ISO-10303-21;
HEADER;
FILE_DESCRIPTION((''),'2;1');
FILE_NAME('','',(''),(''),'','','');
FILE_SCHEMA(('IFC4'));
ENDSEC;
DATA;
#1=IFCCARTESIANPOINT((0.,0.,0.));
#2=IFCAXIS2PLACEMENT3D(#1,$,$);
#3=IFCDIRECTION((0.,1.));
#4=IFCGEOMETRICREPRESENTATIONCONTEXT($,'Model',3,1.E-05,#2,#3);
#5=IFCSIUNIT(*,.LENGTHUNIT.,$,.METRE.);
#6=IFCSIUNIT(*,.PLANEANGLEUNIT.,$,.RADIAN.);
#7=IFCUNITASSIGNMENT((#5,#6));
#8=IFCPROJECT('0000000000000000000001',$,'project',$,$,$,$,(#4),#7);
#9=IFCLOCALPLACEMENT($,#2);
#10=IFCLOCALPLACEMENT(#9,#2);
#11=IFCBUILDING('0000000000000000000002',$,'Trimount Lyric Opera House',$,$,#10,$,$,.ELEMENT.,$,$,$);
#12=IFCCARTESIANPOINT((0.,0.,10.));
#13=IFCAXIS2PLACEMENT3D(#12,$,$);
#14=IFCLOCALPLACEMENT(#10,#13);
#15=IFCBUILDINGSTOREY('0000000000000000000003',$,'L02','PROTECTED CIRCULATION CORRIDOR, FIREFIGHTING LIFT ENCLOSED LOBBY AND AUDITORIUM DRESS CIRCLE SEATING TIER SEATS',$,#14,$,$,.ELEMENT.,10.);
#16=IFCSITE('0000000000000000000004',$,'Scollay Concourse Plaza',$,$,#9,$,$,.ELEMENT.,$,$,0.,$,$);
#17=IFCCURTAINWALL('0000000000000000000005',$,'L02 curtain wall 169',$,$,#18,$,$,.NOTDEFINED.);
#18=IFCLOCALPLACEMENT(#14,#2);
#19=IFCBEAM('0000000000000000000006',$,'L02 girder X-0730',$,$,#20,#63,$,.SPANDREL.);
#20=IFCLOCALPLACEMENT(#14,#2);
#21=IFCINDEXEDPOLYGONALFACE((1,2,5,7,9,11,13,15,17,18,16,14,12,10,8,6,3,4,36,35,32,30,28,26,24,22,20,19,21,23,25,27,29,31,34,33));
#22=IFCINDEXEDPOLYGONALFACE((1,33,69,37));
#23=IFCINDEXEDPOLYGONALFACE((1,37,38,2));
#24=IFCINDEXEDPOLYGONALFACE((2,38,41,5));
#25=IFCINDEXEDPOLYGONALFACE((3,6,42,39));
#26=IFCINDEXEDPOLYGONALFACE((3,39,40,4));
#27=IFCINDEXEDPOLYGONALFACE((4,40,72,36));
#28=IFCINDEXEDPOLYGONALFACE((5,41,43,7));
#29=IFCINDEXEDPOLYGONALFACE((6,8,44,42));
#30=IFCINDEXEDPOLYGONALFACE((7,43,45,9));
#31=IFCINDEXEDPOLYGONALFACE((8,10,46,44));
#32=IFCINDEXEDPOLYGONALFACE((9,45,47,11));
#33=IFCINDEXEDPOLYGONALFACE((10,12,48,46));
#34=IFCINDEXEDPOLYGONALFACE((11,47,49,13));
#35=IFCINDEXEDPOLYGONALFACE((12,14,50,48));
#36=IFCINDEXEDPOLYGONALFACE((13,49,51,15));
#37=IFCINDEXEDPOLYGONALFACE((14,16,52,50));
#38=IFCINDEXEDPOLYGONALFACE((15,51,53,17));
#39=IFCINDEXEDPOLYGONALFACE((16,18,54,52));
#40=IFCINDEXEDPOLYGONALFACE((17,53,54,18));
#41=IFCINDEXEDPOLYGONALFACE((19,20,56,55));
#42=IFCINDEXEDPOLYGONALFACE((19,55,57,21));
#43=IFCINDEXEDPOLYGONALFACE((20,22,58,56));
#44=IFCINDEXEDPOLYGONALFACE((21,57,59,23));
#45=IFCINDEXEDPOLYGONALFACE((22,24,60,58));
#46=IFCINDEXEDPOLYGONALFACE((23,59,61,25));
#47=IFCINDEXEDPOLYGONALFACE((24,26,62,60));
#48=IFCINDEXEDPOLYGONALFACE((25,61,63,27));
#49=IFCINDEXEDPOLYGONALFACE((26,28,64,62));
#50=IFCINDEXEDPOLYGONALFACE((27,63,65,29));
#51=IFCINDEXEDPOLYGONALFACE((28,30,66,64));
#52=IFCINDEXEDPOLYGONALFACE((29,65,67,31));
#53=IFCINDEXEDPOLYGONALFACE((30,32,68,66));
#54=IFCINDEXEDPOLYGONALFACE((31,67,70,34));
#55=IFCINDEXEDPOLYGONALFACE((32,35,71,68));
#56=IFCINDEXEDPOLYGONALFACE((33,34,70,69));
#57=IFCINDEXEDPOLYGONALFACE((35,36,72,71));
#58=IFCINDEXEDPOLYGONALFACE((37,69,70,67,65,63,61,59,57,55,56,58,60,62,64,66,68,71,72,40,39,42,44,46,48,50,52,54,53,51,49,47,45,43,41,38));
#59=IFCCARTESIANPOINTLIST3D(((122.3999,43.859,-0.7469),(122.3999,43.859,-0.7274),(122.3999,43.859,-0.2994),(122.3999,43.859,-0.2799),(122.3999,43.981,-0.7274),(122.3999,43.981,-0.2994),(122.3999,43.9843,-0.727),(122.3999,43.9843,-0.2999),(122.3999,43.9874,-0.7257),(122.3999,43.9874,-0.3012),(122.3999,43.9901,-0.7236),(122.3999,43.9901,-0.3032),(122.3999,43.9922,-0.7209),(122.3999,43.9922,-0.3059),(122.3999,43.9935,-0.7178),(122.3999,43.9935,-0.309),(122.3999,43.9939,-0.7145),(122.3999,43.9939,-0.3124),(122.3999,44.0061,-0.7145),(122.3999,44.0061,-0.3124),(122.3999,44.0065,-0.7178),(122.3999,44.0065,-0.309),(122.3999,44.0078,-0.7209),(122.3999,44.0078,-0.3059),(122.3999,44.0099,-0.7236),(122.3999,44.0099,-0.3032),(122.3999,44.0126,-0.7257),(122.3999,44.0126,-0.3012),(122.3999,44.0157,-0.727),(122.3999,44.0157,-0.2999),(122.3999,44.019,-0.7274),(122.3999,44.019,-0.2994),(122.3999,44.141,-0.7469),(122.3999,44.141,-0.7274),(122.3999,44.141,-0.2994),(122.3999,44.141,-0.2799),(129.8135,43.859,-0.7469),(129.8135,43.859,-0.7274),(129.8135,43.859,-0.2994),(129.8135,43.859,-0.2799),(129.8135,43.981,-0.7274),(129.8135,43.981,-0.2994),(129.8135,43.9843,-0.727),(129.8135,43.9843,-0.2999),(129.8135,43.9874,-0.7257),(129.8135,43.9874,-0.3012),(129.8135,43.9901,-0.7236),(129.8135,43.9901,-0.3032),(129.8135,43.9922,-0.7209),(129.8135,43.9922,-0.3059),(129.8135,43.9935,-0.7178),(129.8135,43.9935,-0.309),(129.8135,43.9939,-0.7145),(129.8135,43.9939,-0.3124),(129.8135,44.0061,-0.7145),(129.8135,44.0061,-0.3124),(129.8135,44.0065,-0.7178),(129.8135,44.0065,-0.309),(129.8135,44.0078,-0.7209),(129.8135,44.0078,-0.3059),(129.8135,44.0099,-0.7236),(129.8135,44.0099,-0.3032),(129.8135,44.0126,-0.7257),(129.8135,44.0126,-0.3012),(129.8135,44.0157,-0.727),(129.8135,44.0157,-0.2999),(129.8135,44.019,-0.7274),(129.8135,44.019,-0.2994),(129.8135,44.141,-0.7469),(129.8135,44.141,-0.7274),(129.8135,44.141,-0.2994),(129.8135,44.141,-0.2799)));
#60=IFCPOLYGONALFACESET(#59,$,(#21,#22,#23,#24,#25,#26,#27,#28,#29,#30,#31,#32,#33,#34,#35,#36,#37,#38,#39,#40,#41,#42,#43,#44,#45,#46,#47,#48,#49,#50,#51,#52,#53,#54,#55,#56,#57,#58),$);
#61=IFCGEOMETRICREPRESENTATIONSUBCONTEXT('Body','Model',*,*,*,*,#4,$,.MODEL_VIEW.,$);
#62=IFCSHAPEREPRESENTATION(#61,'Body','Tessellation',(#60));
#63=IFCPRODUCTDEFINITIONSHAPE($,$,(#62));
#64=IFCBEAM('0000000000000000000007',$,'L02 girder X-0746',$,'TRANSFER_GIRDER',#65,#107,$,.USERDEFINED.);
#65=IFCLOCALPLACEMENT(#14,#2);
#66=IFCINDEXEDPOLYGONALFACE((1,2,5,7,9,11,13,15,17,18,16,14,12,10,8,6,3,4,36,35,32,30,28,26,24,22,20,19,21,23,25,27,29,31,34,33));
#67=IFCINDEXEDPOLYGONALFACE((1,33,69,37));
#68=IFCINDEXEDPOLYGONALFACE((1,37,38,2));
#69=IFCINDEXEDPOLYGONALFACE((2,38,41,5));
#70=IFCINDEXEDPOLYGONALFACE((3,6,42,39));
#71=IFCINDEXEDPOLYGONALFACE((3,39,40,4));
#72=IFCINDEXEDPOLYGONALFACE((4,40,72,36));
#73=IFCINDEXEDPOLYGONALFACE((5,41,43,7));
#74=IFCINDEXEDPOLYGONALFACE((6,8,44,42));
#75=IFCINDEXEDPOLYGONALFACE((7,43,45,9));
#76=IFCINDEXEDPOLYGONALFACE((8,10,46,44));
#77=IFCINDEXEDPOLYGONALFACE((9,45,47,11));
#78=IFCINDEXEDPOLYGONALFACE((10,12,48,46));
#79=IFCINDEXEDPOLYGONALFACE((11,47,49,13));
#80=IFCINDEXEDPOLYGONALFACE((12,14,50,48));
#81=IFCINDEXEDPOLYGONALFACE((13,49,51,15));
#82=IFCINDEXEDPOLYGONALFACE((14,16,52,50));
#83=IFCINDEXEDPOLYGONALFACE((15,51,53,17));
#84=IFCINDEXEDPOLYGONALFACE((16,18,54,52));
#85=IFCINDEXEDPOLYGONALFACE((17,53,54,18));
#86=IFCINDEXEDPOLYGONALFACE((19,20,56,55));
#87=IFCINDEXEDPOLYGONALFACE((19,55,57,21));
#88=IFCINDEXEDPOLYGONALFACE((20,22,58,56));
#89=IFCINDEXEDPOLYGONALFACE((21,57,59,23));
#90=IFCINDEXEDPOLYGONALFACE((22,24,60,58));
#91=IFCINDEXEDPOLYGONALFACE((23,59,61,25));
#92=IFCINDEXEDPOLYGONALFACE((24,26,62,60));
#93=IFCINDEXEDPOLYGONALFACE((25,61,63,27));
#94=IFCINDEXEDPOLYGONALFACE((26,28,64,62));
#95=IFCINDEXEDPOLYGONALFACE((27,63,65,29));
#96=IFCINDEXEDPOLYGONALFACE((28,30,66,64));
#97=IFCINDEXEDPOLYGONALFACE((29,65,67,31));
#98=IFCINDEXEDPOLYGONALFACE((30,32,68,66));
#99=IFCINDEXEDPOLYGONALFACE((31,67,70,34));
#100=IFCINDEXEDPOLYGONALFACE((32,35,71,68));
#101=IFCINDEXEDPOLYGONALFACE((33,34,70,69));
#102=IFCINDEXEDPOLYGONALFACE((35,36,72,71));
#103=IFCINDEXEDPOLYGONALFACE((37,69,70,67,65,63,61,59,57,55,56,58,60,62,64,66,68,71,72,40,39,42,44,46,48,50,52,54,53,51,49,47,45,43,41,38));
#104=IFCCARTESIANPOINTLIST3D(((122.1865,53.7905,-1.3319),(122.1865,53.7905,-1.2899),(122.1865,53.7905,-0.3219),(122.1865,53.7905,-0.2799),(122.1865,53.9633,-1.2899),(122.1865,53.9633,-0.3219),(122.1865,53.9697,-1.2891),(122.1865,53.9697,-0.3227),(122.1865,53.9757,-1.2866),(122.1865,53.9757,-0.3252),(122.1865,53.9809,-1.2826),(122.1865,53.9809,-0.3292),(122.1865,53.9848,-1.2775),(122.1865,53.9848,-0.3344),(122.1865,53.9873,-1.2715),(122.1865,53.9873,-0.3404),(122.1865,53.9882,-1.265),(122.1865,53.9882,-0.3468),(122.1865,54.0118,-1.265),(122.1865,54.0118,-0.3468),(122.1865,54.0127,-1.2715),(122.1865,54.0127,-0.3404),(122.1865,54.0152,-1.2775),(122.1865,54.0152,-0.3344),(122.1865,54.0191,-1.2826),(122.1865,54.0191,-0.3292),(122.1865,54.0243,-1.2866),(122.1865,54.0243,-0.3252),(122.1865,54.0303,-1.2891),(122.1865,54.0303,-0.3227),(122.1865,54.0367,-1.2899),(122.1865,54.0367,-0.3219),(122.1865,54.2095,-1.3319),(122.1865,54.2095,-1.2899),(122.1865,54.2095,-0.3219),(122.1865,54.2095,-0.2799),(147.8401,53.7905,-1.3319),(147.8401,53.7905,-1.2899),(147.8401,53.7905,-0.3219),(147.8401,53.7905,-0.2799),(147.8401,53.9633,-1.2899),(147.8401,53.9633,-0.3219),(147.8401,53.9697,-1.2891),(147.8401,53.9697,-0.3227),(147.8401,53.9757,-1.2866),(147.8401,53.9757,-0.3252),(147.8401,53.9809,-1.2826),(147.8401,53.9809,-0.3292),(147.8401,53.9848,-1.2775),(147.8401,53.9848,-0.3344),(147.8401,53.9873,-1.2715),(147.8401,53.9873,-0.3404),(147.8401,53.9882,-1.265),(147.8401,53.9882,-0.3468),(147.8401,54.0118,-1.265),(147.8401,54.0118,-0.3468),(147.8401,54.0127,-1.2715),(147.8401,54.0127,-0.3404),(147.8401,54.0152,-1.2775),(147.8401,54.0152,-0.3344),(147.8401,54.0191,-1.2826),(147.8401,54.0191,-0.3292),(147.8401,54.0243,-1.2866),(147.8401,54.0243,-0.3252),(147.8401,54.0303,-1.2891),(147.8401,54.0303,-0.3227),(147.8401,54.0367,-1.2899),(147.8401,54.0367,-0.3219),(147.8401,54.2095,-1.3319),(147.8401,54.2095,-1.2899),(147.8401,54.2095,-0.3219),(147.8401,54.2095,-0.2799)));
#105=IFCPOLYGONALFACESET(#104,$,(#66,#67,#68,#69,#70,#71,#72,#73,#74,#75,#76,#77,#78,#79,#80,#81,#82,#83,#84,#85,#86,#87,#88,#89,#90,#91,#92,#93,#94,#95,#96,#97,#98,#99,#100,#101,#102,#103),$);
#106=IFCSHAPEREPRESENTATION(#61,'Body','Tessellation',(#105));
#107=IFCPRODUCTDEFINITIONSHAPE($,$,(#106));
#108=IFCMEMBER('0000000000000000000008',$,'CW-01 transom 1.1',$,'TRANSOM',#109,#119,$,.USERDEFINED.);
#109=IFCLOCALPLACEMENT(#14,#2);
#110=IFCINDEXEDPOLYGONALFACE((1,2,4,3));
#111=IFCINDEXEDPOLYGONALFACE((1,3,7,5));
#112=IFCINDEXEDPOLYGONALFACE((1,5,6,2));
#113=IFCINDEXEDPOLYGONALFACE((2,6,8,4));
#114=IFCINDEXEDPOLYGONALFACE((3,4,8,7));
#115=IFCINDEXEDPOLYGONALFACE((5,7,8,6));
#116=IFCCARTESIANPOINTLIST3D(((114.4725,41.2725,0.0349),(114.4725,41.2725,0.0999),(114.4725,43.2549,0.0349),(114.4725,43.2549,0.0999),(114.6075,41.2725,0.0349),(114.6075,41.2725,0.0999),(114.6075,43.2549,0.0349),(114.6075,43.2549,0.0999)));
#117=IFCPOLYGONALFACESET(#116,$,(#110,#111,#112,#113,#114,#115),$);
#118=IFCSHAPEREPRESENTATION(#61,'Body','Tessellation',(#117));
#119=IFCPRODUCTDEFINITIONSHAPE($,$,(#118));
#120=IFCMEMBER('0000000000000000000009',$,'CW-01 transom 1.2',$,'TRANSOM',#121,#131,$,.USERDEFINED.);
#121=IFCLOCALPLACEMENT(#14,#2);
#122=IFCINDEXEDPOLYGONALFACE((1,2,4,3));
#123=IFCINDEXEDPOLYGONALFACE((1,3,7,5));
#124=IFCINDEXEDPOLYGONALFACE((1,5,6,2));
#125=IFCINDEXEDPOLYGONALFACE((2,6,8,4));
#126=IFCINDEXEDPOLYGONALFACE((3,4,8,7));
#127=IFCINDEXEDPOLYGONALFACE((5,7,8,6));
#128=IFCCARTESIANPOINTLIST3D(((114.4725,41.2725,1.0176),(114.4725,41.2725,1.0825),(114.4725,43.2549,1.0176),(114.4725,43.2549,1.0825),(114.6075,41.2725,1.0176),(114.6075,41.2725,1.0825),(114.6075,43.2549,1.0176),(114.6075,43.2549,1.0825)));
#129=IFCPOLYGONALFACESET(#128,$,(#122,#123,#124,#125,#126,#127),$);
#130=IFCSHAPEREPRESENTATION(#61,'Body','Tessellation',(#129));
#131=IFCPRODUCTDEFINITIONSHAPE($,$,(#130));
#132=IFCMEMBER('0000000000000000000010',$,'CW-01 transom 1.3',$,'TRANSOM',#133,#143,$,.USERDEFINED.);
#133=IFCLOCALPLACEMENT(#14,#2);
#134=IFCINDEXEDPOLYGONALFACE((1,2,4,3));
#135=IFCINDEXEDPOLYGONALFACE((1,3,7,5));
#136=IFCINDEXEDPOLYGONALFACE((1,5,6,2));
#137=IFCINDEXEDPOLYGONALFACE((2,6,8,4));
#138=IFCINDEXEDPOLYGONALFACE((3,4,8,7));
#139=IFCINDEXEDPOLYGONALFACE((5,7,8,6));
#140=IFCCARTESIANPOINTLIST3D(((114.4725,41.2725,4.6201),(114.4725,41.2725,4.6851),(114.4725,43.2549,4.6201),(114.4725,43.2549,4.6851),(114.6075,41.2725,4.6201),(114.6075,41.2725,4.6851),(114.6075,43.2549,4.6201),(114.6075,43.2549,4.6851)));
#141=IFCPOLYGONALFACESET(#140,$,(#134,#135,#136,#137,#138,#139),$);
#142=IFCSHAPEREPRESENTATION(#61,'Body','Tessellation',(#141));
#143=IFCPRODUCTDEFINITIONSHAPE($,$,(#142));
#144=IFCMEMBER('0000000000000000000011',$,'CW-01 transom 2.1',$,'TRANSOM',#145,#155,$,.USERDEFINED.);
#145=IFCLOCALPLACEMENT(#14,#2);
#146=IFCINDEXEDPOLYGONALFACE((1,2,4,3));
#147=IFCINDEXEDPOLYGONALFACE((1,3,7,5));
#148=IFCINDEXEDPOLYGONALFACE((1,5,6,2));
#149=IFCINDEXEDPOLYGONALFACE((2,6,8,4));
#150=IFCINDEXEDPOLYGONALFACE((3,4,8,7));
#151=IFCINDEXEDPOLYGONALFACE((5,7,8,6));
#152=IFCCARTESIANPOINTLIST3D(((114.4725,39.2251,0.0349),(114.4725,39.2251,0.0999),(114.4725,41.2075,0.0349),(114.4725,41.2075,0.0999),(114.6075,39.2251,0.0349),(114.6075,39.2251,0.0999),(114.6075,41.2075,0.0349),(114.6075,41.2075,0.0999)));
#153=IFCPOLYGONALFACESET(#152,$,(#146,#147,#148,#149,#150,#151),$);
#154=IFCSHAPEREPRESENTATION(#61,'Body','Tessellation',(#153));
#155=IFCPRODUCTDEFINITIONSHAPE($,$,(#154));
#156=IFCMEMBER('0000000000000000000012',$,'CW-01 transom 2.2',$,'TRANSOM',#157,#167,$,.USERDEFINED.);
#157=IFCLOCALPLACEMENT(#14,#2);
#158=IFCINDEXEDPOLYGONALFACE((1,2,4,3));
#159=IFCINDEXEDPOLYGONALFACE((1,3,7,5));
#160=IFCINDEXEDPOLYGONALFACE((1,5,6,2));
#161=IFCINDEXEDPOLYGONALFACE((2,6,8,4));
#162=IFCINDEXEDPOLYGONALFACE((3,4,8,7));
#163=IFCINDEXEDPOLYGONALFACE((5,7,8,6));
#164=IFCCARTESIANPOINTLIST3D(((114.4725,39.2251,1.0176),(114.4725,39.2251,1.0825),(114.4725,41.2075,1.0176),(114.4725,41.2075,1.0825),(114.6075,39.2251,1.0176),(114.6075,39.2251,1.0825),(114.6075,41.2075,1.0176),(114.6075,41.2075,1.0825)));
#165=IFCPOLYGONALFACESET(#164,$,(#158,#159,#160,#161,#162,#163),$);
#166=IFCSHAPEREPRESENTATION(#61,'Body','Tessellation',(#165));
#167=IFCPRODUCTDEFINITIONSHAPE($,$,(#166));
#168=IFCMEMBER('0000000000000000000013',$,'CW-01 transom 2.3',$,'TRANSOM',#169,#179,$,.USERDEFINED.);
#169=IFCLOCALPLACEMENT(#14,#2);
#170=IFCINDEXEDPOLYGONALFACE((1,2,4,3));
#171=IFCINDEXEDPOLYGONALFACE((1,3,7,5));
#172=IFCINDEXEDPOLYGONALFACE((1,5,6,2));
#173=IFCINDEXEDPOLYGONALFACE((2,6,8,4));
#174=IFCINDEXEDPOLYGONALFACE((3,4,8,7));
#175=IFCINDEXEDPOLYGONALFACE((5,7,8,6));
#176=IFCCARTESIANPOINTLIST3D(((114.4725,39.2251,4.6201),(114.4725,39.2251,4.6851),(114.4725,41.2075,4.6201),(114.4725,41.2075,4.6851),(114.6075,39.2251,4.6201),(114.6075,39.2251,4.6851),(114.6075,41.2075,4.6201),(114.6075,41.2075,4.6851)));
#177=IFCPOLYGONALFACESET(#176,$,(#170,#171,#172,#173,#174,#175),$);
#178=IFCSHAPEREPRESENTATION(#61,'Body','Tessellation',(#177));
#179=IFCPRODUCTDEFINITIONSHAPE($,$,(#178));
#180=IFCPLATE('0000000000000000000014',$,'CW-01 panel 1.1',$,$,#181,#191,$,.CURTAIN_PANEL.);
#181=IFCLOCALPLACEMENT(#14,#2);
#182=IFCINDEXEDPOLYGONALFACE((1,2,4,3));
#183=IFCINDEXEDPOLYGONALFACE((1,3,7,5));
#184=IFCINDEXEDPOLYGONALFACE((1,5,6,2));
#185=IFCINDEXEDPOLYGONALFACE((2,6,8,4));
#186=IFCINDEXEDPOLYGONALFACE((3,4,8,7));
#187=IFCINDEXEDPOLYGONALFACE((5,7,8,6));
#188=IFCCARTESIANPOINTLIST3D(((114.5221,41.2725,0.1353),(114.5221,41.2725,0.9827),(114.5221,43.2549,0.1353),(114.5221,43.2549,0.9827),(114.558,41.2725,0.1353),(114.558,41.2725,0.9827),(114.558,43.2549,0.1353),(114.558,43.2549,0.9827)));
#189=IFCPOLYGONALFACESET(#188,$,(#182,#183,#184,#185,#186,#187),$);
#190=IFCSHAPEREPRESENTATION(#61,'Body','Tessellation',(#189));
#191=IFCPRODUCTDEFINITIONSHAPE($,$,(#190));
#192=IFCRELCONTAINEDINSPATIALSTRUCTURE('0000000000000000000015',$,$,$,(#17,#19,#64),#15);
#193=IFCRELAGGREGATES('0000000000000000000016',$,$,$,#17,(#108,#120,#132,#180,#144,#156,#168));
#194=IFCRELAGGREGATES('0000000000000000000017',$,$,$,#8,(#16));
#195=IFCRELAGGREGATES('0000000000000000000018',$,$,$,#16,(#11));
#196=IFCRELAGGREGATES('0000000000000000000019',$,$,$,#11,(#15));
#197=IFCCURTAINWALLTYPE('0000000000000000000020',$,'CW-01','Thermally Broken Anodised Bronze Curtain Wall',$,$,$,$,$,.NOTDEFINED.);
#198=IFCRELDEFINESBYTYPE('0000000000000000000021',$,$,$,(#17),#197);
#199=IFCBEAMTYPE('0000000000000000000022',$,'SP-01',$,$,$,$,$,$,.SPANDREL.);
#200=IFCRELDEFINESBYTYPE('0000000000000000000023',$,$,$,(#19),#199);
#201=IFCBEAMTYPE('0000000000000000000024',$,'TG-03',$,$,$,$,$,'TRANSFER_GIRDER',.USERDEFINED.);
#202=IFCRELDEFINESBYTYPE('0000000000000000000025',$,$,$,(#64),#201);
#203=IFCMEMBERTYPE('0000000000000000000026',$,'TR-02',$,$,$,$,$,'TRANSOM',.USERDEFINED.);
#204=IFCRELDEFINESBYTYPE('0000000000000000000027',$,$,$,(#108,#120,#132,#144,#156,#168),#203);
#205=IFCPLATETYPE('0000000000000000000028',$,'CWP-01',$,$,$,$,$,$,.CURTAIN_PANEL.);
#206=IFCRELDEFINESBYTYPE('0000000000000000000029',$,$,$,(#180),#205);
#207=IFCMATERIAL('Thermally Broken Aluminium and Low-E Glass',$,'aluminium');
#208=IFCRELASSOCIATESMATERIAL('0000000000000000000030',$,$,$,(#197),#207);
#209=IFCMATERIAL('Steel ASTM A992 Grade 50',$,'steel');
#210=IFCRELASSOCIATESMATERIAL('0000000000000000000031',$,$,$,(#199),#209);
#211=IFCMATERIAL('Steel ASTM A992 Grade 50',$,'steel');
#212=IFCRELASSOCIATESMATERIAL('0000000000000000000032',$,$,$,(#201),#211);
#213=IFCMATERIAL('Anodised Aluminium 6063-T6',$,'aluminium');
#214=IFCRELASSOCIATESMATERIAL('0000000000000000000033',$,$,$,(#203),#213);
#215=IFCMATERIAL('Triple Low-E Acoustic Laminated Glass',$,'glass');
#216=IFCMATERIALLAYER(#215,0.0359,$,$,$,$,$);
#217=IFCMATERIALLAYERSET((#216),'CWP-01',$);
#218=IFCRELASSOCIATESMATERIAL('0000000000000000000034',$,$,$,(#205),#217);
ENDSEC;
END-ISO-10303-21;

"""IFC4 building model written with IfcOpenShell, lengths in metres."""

from ifc_helpers import new_model, si_unit, direction, frame, origin, origin_2d, place, context, subcontext, project, spatial, rectangle, i_section, extrude, material, layer, layer_set, material_profile, profile_set, type_object, element, aggregate, save


model = new_model("IFC4")

# Units and contexts
model_context = context("Model", 3, precision=1e-05, world=origin(), true_north=direction((0.0, 1.0)))
body_context = subcontext(model_context, "Body", "Model", "MODEL_VIEW")
ifc_project = project(units=[si_unit("LENGTHUNIT", "METRE"), si_unit("PLANEANGLEUNIT", "RADIAN")], contexts=[model_context])

# Site, building, storey
site_placement = place(None, origin())
site = spatial("IfcSite", under=ifc_project, at=site_placement, Name="Scollay Concourse Plaza", CompositionType="ELEMENT", RefElevation=0.0)
building_placement = place(site_placement, origin())
building = spatial("IfcBuilding", under=site, at=building_placement, Name="Trimount Lyric Opera House", CompositionType="ELEMENT")
storey_placement = place(building_placement, frame((0.0, 0.0, 10.0)))
storey = spatial("IfcBuildingStorey", under=building, at=storey_placement, Name="L02", Description="PROTECTED CIRCULATION CORRIDOR, FIREFIGHTING LIFT ENCLOSED LOBBY AND AUDITORIUM DRESS CIRCLE SEATING TIER SEATS", CompositionType="ELEMENT", Elevation=10.0)

# Curtain wall
ifc_material_1 = material(Name="Thermally Broken Aluminium and Low-E Glass", Category="aluminium")
curtain_wall_type = type_object("IfcCurtainWallType", Name="CW-01", Description="Thermally Broken Anodised Bronze Curtain Wall", PredefinedType="NOTDEFINED", material=ifc_material_1)
curtain_wall_1_placement = place(storey_placement, origin())
curtain_wall_1 = element("IfcCurtainWall", 1, at=curtain_wall_1_placement, inside=storey, type_object=curtain_wall_type, Name="L02 curtain wall 169", PredefinedType="NOTDEFINED")

# Beams
ifc_material_2 = material(Name="Steel ASTM A992 Grade 50", Category="steel")
ifc_material_profile_1 = material_profile(ifc_material_2, i_section(OverallWidth=0.282, OverallDepth=0.467, WebThickness=0.0122, FlangeThickness=0.0195, FilletRadius=0.0129, at=origin_2d()), Name="W18X86")
ifc_profile_set_1 = profile_set([ifc_material_profile_1], Name="Steel ASTM A992 Grade 50")
beam_type_1 = type_object("IfcBeamType", Name="SP-01", PredefinedType="SPANDREL", material=ifc_profile_set_1)
beam_1_placement = place(storey_placement, frame((122.3999, 44.0, -0.5134), z_axis=(1.0, 0.0, 0.0), x_axis=(0.0, 1.0, 0.0)))
element("IfcBeam", 2, at=beam_1_placement, inside=storey, type_object=beam_type_1, Name="L02 girder X-0730", PredefinedType="SPANDREL", context=body_context, shape_type="SweptSolid", body=[
    extrude(i_section(OverallWidth=0.282, OverallDepth=0.467, WebThickness=0.0122, FlangeThickness=0.0195, FilletRadius=0.0129, at=origin_2d()), origin(), (0.0, 0.0, 1.0), 7.4136),
])
ifc_material_3 = material(Name="Steel ASTM A992 Grade 50", Category="steel")
ifc_material_profile_2 = material_profile(ifc_material_3, i_section(OverallWidth=0.4189, OverallDepth=1.052, WebThickness=0.0237, FlangeThickness=0.042, FilletRadius=0.0249, at=origin_2d()), Name="W40X297")
ifc_profile_set_2 = profile_set([ifc_material_profile_2], Name="Steel ASTM A992 Grade 50")
beam_type_2 = type_object("IfcBeamType", Name="TG-03", ElementType="TRANSFER_GIRDER", PredefinedType="USERDEFINED", material=ifc_profile_set_2)
beam_2_placement = place(storey_placement, frame((122.1865, 54.0, -0.8059), z_axis=(1.0, 0.0, 0.0), x_axis=(0.0, 1.0, 0.0)))
element("IfcBeam", 3, at=beam_2_placement, inside=storey, type_object=beam_type_2, Name="L02 girder X-0746", ObjectType="TRANSFER_GIRDER", PredefinedType="USERDEFINED", context=body_context, shape_type="SweptSolid", body=[
    extrude(i_section(OverallWidth=0.4189, OverallDepth=1.052, WebThickness=0.0237, FlangeThickness=0.042, FilletRadius=0.0249, at=origin_2d()), origin(), (0.0, 0.0, 1.0), 25.6536),
])

# Members
ifc_material_4 = material(Name="Anodised Aluminium 6063-T6", Category="aluminium")
ifc_material_profile_3 = material_profile(ifc_material_4, rectangle(XDim=0.135, YDim=0.0649, at=origin_2d()), Name="ALU-TRAN-65X135")
ifc_profile_set_3 = profile_set([ifc_material_profile_3], Name="Anodised Aluminium 6063-T6")
member_type_1 = type_object("IfcMemberType", Name="TR-02", ElementType="TRANSOM", PredefinedType="USERDEFINED", material=ifc_profile_set_3)
member_1_placement = place(storey_placement, frame((114.54, 43.2549, 0.0674), z_axis=(0.0, -1.0, 0.0), x_axis=(1.0, 0.0, 0.0)))
member_1 = element("IfcMember", 4, at=member_1_placement, type_object=member_type_1, Name="CW-01 transom 1.1", ObjectType="TRANSOM", PredefinedType="USERDEFINED", context=body_context, shape_type="SweptSolid", body=[
    extrude(rectangle(XDim=0.135, YDim=0.0649, at=origin_2d()), origin(), (0.0, 0.0, 1.0), 1.9824),
])
member_2_placement = place(storey_placement, frame((114.54, 43.2549, 1.05), z_axis=(0.0, -1.0, 0.0), x_axis=(1.0, 0.0, 0.0)))
member_2 = element("IfcMember", 5, at=member_2_placement, type_object=member_type_1, Name="CW-01 transom 1.2", ObjectType="TRANSOM", PredefinedType="USERDEFINED", context=body_context, shape_type="SweptSolid", body=[
    extrude(rectangle(XDim=0.135, YDim=0.0649, at=origin_2d()), origin(), (0.0, 0.0, 1.0), 1.9824),
])
member_3_placement = place(storey_placement, frame((114.54, 43.2549, 4.6526), z_axis=(0.0, -1.0, 0.0), x_axis=(1.0, 0.0, 0.0)))
member_3 = element("IfcMember", 6, at=member_3_placement, type_object=member_type_1, Name="CW-01 transom 1.3", ObjectType="TRANSOM", PredefinedType="USERDEFINED", context=body_context, shape_type="SweptSolid", body=[
    extrude(rectangle(XDim=0.135, YDim=0.0649, at=origin_2d()), origin(), (0.0, 0.0, 1.0), 1.9824),
])
member_4_placement = place(storey_placement, frame((114.54, 41.2075, 0.0674), z_axis=(0.0, -1.0, 0.0), x_axis=(1.0, 0.0, 0.0)))
member_4 = element("IfcMember", 7, at=member_4_placement, type_object=member_type_1, Name="CW-01 transom 2.1", ObjectType="TRANSOM", PredefinedType="USERDEFINED", context=body_context, shape_type="SweptSolid", body=[
    extrude(rectangle(XDim=0.135, YDim=0.0649, at=origin_2d()), origin(), (0.0, 0.0, 1.0), 1.9824),
])
member_5_placement = place(storey_placement, frame((114.54, 41.2075, 1.05), z_axis=(0.0, -1.0, 0.0), x_axis=(1.0, 0.0, 0.0)))
member_5 = element("IfcMember", 8, at=member_5_placement, type_object=member_type_1, Name="CW-01 transom 2.2", ObjectType="TRANSOM", PredefinedType="USERDEFINED", context=body_context, shape_type="SweptSolid", body=[
    extrude(rectangle(XDim=0.135, YDim=0.0649, at=origin_2d()), origin(), (0.0, 0.0, 1.0), 1.9824),
])
member_6_placement = place(storey_placement, frame((114.54, 41.2075, 4.6526), z_axis=(0.0, -1.0, 0.0), x_axis=(1.0, 0.0, 0.0)))
member_6 = element("IfcMember", 9, at=member_6_placement, type_object=member_type_1, Name="CW-01 transom 2.3", ObjectType="TRANSOM", PredefinedType="USERDEFINED", context=body_context, shape_type="SweptSolid", body=[
    extrude(rectangle(XDim=0.135, YDim=0.0649, at=origin_2d()), origin(), (0.0, 0.0, 1.0), 1.9824),
])

# Plate
ifc_material_5 = material(Name="Triple Low-E Acoustic Laminated Glass", Category="glass")
ifc_layer_1 = layer(ifc_material_5, 0.0359)
ifc_layer_set_1 = layer_set([ifc_layer_1], Name="CWP-01")
plate_type_1 = type_object("IfcPlateType", Name="CWP-01", PredefinedType="CURTAIN_PANEL", material=ifc_layer_set_1)
plate_1_placement = place(storey_placement, frame((114.54, 42.2637, 0.1353), z_axis=(0.0, 0.0, 1.0), x_axis=(0.0, -1.0, 0.0)))
plate_1 = element("IfcPlate", 10, at=plate_1_placement, type_object=plate_type_1, Name="CW-01 panel 1.1", PredefinedType="CURTAIN_PANEL", context=body_context, shape_type="SweptSolid", body=[
    extrude(rectangle(XDim=1.9824, YDim=0.0359, at=origin_2d()), origin(), (0.0, 0.0, 1.0), 0.8474),
])
aggregate(curtain_wall_1, [member_1, member_2, member_3, plate_1, member_4, member_5, member_6])

save(model, "model.ifc")
